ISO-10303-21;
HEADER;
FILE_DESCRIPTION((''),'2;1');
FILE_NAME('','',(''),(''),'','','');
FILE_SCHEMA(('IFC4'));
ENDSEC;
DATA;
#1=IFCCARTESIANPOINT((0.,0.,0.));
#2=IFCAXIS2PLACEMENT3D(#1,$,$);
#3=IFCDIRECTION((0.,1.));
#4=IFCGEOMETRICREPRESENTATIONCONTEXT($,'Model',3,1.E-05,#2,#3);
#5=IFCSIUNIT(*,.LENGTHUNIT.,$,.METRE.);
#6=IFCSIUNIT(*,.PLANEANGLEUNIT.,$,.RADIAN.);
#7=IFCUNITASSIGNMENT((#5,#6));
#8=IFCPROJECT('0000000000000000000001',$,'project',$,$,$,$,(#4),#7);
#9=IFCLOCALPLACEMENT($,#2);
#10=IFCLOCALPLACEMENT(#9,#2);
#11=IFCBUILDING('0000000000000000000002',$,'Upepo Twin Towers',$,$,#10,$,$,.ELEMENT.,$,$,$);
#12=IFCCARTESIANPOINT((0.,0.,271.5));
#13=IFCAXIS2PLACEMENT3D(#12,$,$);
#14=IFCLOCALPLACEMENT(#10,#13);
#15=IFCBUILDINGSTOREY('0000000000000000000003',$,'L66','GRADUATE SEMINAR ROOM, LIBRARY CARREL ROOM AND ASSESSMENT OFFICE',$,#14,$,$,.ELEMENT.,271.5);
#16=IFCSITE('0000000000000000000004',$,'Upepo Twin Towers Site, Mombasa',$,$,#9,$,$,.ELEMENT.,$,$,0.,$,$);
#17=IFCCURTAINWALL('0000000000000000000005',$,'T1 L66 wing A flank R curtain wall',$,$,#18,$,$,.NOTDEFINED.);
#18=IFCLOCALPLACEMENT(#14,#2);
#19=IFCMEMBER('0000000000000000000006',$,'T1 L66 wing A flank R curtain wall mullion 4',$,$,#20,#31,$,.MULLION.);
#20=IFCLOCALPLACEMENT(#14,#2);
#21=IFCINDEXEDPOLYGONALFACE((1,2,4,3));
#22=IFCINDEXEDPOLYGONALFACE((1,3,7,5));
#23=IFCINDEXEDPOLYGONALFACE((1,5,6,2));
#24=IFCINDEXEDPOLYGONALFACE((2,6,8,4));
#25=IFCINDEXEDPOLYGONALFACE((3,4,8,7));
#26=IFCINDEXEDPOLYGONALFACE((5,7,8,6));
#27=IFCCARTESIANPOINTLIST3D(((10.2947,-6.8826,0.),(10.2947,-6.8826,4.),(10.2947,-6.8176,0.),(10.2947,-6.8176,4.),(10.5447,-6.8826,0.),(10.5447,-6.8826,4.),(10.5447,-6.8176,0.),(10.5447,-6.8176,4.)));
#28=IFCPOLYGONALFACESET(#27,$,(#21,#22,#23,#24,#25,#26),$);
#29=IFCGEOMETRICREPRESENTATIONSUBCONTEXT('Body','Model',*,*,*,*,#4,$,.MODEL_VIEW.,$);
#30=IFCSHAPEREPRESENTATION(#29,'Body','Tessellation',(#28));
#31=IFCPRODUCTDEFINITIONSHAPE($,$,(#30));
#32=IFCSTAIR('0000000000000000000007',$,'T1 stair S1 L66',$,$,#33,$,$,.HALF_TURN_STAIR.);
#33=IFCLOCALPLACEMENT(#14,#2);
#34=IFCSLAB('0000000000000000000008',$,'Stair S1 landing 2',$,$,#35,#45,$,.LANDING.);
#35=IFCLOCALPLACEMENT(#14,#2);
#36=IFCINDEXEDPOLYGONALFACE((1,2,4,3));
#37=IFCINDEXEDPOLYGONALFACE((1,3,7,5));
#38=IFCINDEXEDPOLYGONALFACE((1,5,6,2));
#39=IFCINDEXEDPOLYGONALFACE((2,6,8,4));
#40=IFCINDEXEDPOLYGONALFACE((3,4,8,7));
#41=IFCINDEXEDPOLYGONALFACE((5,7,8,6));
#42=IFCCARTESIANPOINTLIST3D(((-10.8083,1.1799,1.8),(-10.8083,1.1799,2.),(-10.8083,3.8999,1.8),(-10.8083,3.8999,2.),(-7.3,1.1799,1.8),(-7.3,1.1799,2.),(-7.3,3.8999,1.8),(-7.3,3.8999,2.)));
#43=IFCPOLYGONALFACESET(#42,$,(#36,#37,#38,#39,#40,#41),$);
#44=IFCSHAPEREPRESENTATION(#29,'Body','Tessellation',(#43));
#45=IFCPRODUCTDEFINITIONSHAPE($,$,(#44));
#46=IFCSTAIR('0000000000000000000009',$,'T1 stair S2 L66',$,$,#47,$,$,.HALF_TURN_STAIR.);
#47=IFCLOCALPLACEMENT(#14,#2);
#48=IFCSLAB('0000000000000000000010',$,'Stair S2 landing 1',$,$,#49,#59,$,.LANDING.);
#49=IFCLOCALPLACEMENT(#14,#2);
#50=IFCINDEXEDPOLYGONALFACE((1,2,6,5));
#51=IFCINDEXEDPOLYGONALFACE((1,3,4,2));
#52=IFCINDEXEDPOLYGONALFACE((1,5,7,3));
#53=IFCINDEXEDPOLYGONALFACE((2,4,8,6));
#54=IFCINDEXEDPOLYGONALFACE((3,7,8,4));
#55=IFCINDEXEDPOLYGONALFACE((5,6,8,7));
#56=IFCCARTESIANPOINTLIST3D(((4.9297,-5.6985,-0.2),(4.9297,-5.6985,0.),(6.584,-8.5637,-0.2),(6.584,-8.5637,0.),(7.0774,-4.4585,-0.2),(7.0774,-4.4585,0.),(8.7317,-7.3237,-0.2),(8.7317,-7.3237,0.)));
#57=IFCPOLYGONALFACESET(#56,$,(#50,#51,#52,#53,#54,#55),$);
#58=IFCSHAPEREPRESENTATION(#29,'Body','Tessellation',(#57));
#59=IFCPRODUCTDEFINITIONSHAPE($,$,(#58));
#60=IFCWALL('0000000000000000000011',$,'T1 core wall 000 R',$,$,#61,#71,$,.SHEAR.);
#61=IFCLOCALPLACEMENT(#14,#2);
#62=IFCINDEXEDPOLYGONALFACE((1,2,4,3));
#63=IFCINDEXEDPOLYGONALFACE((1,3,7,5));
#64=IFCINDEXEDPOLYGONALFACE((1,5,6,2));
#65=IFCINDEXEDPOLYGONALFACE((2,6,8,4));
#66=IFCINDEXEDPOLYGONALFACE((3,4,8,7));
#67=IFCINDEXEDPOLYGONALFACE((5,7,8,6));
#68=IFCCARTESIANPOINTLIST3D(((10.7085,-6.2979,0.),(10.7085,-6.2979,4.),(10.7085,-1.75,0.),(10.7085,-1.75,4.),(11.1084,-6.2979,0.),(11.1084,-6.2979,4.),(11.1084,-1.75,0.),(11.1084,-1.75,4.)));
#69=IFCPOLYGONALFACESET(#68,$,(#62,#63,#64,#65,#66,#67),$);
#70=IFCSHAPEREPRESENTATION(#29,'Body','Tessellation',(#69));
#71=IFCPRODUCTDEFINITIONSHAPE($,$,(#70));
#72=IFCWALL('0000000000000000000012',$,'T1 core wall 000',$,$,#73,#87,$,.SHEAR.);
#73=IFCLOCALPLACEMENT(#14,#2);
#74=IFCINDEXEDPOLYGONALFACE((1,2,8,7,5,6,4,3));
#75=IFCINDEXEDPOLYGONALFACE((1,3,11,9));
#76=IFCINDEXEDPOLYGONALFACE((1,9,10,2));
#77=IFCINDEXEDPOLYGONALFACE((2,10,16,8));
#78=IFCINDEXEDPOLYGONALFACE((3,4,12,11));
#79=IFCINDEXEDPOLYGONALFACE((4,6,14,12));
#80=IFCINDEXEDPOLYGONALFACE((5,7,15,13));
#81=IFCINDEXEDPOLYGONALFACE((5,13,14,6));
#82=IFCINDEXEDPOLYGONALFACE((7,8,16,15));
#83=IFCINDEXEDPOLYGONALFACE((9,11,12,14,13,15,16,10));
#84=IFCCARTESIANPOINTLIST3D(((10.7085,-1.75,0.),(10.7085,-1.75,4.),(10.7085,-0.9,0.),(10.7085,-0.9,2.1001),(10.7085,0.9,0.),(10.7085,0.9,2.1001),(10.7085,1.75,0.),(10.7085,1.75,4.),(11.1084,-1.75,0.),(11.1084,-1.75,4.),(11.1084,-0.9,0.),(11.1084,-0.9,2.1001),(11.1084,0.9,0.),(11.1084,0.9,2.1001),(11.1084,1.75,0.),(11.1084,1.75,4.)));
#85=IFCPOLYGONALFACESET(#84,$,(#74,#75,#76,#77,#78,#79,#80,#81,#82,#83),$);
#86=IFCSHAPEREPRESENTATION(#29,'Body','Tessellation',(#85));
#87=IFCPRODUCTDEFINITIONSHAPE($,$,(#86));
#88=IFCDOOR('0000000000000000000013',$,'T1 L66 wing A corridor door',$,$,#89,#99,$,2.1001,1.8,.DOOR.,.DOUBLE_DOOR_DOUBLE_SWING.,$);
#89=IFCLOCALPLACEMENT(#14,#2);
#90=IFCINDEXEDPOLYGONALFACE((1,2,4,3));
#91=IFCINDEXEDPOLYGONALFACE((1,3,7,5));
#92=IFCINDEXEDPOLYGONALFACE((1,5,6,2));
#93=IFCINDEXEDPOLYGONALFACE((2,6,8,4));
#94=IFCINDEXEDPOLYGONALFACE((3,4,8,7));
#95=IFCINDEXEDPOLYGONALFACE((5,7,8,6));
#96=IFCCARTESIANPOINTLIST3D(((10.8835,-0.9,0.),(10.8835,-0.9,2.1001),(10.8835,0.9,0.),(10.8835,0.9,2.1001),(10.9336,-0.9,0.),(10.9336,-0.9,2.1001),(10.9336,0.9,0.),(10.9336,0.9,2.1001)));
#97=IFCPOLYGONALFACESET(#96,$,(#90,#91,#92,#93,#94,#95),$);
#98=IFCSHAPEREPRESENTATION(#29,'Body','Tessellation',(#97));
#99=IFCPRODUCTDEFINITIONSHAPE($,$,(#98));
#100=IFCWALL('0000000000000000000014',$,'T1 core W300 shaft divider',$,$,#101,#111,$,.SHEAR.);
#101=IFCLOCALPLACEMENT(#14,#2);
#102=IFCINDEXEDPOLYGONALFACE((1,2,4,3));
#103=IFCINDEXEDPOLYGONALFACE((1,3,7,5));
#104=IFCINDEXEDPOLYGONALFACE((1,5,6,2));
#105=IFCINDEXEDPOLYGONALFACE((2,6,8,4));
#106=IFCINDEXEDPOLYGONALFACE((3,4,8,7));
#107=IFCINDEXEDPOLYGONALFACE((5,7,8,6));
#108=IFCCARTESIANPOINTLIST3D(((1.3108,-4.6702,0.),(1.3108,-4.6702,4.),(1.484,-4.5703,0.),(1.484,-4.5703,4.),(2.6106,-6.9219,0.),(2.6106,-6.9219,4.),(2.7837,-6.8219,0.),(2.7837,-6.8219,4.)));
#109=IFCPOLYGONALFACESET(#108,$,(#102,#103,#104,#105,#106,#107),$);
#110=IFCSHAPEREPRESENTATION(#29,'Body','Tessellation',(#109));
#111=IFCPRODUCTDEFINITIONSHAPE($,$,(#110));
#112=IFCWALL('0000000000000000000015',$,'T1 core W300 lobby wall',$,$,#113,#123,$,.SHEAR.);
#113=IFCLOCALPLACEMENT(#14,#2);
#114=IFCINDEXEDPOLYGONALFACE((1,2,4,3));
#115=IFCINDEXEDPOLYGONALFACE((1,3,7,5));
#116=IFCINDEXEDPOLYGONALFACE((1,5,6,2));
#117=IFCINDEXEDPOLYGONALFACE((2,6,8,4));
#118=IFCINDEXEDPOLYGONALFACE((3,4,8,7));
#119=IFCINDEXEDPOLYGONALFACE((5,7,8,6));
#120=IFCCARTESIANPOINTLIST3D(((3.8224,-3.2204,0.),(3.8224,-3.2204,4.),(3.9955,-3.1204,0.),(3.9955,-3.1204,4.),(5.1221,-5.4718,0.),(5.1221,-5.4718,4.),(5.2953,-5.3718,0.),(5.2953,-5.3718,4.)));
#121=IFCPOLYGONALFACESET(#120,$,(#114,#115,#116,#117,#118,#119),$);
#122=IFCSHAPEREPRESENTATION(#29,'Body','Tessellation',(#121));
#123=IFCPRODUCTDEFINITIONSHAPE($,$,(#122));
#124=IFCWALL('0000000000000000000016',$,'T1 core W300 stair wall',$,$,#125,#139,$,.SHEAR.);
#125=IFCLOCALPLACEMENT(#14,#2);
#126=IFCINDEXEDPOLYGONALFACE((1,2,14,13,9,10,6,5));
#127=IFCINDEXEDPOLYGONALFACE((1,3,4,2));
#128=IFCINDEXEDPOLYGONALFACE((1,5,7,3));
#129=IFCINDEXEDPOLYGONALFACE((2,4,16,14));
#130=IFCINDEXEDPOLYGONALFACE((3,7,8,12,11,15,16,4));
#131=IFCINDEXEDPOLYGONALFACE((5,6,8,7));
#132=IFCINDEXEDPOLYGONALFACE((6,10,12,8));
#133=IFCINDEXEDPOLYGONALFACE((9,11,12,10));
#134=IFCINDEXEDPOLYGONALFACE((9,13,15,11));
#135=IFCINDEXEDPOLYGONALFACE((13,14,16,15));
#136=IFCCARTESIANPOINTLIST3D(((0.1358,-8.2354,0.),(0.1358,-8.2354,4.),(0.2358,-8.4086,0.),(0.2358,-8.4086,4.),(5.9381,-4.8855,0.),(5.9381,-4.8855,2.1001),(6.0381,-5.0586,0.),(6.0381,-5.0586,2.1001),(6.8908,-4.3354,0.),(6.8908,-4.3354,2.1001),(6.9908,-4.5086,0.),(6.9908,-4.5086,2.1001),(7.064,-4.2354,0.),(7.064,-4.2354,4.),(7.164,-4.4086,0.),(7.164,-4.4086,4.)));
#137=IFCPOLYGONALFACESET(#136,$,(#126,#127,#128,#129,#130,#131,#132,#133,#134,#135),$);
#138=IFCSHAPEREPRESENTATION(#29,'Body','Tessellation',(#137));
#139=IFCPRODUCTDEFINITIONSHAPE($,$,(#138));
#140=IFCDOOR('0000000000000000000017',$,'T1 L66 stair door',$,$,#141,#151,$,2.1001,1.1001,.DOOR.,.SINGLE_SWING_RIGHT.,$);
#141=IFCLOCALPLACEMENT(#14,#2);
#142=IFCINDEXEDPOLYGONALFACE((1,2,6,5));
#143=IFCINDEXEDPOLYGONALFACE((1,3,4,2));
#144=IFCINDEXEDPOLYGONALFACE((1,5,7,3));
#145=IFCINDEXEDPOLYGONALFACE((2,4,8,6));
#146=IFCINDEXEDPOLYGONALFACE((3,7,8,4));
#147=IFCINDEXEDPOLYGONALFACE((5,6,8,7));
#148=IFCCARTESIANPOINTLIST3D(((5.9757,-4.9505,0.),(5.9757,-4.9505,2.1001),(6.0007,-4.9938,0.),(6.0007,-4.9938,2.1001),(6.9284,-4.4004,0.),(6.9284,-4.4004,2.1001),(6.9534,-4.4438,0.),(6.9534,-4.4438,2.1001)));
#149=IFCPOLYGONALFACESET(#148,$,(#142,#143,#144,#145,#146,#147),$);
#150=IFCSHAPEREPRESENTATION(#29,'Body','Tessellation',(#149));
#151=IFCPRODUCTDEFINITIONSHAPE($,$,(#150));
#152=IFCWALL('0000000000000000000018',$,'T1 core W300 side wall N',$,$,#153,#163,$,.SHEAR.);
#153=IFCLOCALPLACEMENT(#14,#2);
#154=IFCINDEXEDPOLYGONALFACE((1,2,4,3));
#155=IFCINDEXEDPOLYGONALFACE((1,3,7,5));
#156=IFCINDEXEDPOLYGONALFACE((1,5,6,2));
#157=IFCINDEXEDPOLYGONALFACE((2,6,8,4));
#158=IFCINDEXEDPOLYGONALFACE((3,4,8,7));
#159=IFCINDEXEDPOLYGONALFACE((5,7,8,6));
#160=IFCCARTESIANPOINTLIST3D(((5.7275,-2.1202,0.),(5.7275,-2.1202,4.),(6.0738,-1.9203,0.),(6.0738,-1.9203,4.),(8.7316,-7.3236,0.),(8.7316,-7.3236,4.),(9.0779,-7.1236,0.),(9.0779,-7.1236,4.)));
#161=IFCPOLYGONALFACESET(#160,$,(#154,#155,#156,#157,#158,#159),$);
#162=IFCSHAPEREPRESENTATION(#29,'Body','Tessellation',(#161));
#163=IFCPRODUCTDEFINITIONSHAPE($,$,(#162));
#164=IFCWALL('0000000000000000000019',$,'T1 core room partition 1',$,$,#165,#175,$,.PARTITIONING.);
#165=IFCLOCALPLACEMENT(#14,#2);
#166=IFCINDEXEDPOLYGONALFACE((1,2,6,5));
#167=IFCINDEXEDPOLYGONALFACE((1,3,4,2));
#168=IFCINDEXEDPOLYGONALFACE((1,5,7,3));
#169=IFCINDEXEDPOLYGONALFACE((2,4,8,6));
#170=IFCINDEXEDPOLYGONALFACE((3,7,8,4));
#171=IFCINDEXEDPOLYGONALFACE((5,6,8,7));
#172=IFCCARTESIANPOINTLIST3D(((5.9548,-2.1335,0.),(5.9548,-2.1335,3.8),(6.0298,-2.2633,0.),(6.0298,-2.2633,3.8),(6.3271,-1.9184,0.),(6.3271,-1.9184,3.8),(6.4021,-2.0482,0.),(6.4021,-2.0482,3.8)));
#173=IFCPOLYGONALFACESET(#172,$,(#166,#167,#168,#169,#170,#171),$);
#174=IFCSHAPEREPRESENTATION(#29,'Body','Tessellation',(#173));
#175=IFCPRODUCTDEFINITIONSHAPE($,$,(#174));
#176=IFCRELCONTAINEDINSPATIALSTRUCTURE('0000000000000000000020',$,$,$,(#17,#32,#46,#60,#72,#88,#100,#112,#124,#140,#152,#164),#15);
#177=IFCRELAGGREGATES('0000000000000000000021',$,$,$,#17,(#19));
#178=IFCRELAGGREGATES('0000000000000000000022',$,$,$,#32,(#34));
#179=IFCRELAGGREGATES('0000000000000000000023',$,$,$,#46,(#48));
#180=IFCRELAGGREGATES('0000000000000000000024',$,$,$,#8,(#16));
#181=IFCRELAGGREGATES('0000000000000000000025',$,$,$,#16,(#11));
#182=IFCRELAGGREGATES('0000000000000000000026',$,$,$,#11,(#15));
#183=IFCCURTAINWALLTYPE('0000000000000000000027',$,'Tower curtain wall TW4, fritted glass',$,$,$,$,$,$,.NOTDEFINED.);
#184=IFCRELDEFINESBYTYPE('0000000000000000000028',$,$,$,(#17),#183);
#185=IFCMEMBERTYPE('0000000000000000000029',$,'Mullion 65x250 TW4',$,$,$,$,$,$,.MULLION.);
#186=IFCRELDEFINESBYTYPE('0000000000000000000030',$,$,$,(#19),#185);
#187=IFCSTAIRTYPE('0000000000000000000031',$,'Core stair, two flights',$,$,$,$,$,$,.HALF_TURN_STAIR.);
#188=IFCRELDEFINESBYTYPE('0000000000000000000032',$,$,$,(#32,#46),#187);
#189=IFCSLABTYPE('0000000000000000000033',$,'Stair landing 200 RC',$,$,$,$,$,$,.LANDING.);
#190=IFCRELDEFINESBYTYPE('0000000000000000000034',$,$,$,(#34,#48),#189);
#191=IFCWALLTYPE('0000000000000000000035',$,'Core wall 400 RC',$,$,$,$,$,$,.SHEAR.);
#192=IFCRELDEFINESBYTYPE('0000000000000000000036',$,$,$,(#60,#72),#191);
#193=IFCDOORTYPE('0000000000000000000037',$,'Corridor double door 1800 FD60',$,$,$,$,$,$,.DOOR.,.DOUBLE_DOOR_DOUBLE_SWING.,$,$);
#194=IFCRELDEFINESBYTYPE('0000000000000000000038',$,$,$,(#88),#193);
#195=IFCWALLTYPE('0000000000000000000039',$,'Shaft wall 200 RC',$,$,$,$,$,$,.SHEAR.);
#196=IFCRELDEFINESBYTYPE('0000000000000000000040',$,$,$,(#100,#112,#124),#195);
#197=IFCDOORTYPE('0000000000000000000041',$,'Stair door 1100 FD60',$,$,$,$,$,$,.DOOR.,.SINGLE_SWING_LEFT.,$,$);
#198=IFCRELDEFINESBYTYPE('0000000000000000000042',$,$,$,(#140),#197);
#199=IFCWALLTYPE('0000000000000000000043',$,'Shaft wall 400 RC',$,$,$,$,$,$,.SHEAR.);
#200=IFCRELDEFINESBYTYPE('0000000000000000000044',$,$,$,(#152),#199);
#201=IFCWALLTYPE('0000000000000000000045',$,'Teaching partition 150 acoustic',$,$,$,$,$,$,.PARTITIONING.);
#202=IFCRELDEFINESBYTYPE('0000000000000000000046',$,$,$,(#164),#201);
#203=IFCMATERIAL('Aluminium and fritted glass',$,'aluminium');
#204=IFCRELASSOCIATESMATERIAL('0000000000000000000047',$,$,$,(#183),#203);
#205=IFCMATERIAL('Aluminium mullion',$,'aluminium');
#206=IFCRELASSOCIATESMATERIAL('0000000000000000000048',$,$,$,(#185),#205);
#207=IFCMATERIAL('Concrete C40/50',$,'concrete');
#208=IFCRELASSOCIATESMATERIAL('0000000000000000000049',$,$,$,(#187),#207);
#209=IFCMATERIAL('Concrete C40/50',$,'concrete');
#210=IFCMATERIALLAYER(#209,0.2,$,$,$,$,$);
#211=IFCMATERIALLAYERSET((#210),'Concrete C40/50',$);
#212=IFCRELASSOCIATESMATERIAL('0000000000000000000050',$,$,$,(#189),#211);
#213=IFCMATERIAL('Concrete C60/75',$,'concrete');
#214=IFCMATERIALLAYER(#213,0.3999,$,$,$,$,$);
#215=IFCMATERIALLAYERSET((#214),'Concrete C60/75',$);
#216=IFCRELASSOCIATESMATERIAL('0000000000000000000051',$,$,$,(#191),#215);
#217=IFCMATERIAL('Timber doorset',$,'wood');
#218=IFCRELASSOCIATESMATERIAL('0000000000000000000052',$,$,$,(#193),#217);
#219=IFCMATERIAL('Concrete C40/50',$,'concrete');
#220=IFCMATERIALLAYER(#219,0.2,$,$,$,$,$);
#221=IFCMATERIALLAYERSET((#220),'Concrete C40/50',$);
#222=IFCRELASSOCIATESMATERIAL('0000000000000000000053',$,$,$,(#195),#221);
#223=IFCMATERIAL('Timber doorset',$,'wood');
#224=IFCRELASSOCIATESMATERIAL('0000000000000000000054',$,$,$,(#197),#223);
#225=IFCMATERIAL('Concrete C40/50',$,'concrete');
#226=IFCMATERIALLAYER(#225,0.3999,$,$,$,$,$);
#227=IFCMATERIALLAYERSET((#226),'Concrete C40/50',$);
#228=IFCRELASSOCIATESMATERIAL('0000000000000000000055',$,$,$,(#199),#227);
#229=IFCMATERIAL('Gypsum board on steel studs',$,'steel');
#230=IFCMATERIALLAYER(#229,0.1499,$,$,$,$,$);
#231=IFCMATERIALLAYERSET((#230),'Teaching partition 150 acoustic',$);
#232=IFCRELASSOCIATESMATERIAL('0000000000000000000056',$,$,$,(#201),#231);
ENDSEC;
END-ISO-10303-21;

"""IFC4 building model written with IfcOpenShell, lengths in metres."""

from ifc_helpers import new_model, si_unit, direction, frame, frame_2d, origin, origin_2d, place, context, subcontext, project, spatial, polyline, rectangle, outline, extrude, material, layer, layer_set, material_profile, profile_set, type_object, element, fill, aggregate, save


model = new_model("IFC4")

# Units and contexts
model_context = context("Model", 3, precision=1e-05, world=origin(), true_north=direction((0.0, 1.0)))
body_context = subcontext(model_context, "Body", "Model", "MODEL_VIEW")
ifc_project = project(units=[si_unit("LENGTHUNIT", "METRE"), si_unit("PLANEANGLEUNIT", "RADIAN")], contexts=[model_context])

# Site, building, storey
site_placement = place(None, origin())
site = spatial("IfcSite", under=ifc_project, at=site_placement, Name="Upepo Twin Towers Site, Mombasa", CompositionType="ELEMENT", RefElevation=0.0)
building_placement = place(site_placement, origin())
building = spatial("IfcBuilding", under=site, at=building_placement, Name="Upepo Twin Towers", CompositionType="ELEMENT")
storey_placement = place(building_placement, frame((0.0, 0.0, 271.5)))
storey = spatial("IfcBuildingStorey", under=building, at=storey_placement, Name="L66", Description="GRADUATE SEMINAR ROOM, LIBRARY CARREL ROOM AND ASSESSMENT OFFICE", CompositionType="ELEMENT", Elevation=271.5)

# Curtain wall, member
ifc_material_1 = material(Name="Aluminium and fritted glass", Category="aluminium")
curtain_wall_type = type_object("IfcCurtainWallType", Name="Tower curtain wall TW4, fritted glass", PredefinedType="NOTDEFINED", material=ifc_material_1)
curtain_wall_placement = place(storey_placement, origin())
curtain_wall = element("IfcCurtainWall", 1, at=curtain_wall_placement, inside=storey, type_object=curtain_wall_type, Name="T1 L66 wing A flank R curtain wall", PredefinedType="NOTDEFINED")
ifc_material_2 = material(Name="Aluminium mullion", Category="aluminium")
ifc_material_profile = material_profile(ifc_material_2, rectangle(XDim=0.0649, YDim=0.25, at=origin_2d()), Name="MULLION 65x250")
ifc_profile_set = profile_set([ifc_material_profile], Name="Aluminium mullion")
member_type = type_object("IfcMemberType", Name="Mullion 65x250 TW4", PredefinedType="MULLION", material=ifc_profile_set)
member_placement = place(storey_placement, frame((10.4197, -6.8501, 0.0), z_axis=(0.0, 0.0, 1.0), x_axis=(0.0, -1.0, 0.0)))
member = element("IfcMember", 2, at=member_placement, type_object=member_type, Name="T1 L66 wing A flank R curtain wall mullion 4", PredefinedType="MULLION", context=body_context, shape_type="SweptSolid", body=[
    extrude(rectangle(XDim=0.0649, YDim=0.25, at=origin_2d()), origin(), (0.0, 0.0, 1.0), 4.0),
])
aggregate(curtain_wall, [member])

# Stairs, slabs
ifc_material_3 = material(Name="Concrete C40/50", Category="concrete")
stair_type = type_object("IfcStairType", Name="Core stair, two flights", PredefinedType="HALF_TURN_STAIR", material=ifc_material_3)
stair_1_placement = place(storey_placement, origin())
stair_1 = element("IfcStair", 3, at=stair_1_placement, inside=storey, type_object=stair_type, Name="T1 stair S1 L66", PredefinedType="HALF_TURN_STAIR")
ifc_material_4 = material(Name="Concrete C40/50", Category="concrete")
ifc_layer_1 = layer(ifc_material_4, 0.2)
ifc_layer_set_1 = layer_set([ifc_layer_1], Name="Concrete C40/50")
slab_type = type_object("IfcSlabType", Name="Stair landing 200 RC", PredefinedType="LANDING", material=ifc_layer_set_1)
slab_1_placement = place(storey_placement, frame((0.0, 0.0, 1.8)))
slab_1 = element("IfcSlab", 4, at=slab_1_placement, type_object=slab_type, Name="Stair S1 landing 2", PredefinedType="LANDING", context=body_context, shape_type="SweptSolid", body=[
    extrude(outline(polyline([(-7.3, 3.8999), (-10.8083, 3.8999), (-10.8083, 1.1799), (-7.3, 1.1799), (-7.3, 3.8999)])), origin(), (0.0, 0.0, 1.0), 0.2),
])
aggregate(stair_1, [slab_1])
stair_2_placement = place(storey_placement, origin())
stair_2 = element("IfcStair", 5, at=stair_2_placement, inside=storey, type_object=stair_type, Name="T1 stair S2 L66", PredefinedType="HALF_TURN_STAIR")
slab_2_placement = place(storey_placement, frame((0.0, 0.0, -0.2)))
slab_2 = element("IfcSlab", 6, at=slab_2_placement, type_object=slab_type, Name="Stair S2 landing 1", PredefinedType="LANDING", context=body_context, shape_type="SweptSolid", body=[
    extrude(outline(polyline([(4.9297, -5.6985), (6.584, -8.5637), (8.7317, -7.3237), (7.0774, -4.4585), (4.9297, -5.6985)])), origin(), (0.0, 0.0, 1.0), 0.2),
])

# Wall
ifc_material_5 = material(Name="Concrete C60/75", Category="concrete")
ifc_layer_2 = layer(ifc_material_5, 0.3999)
ifc_layer_set_2 = layer_set([ifc_layer_2], Name="Concrete C60/75")
wall_type_1 = type_object("IfcWallType", Name="Core wall 400 RC", PredefinedType="SHEAR", material=ifc_layer_set_2)
wall_1_placement = place(storey_placement, frame((10.9084, -6.2979, 0.0), z_axis=(0.0, 0.0, 1.0), x_axis=(0.0, 1.0, 0.0)))
element("IfcWall", 7, at=wall_1_placement, inside=storey, type_object=wall_type_1, Name="T1 core wall 000 R", PredefinedType="SHEAR", context=body_context, shape_type="SweptSolid", body=[
    extrude(rectangle(XDim=4.5479, YDim=0.3999, at=frame_2d((2.2739, 0.0))), origin(), (0.0, 0.0, 1.0), 4.0),
])

# Wall, opening, door
wall_2_placement = place(storey_placement, frame((10.9084, -1.75, 0.0), z_axis=(0.0, 0.0, 1.0), x_axis=(0.0, 1.0, 0.0)))
wall_2 = element("IfcWall", 8, at=wall_2_placement, inside=storey, type_object=wall_type_1, Name="T1 core wall 000", PredefinedType="SHEAR", context=body_context, shape_type="SweptSolid", body=[
    extrude(rectangle(XDim=3.5, YDim=0.3999, at=frame_2d((1.75, 0.0))), origin(), (0.0, 0.0, 1.0), 4.0),
])
opening_1_placement = place(wall_2_placement, frame((0.8501, 0.0, 0.0)))
opening_1 = element("IfcOpeningElement", 9, at=opening_1_placement, cuts=wall_2, PredefinedType="OPENING", context=body_context, shape_type="SweptSolid", body=[
    extrude(rectangle(XDim=1.8, YDim=2.1001, at=frame_2d((0.8999, 1.05))), frame((0.0, 0.21, 0.0), z_axis=(0.0, -1.0, 0.0), x_axis=(1.0, 0.0, 0.0)), (0.0, 0.0, 1.0), 0.4199),
])
ifc_material_6 = material(Name="Timber doorset", Category="wood")
door_type_1 = type_object("IfcDoorType", Name="Corridor double door 1800 FD60", OperationType="DOUBLE_DOOR_DOUBLE_SWING", PredefinedType="DOOR", material=ifc_material_6)
door_1_placement = place(opening_1_placement, origin())
door_1 = element("IfcDoor", 10, at=door_1_placement, inside=storey, type_object=door_type_1, Name="T1 L66 wing A corridor door", OperationType="DOUBLE_DOOR_DOUBLE_SWING", OverallHeight=2.1001, OverallWidth=1.8, PredefinedType="DOOR", context=body_context, shape_type="SweptSolid", body=[
    extrude(rectangle(XDim=1.8, YDim=2.1001, at=frame_2d((0.8999, 1.05))), frame((0.0, 0.0249, 0.0), z_axis=(0.0, -1.0, 0.0), x_axis=(1.0, 0.0, 0.0)), (0.0, 0.0, 1.0), 0.05),
])
fill(opening_1, door_1)

# Walls
ifc_material_7 = material(Name="Concrete C40/50", Category="concrete")
ifc_layer_3 = layer(ifc_material_7, 0.2)
ifc_layer_set_3 = layer_set([ifc_layer_3], Name="Concrete C40/50")
wall_type_2 = type_object("IfcWallType", Name="Shaft wall 200 RC", PredefinedType="SHEAR", material=ifc_layer_set_3)
wall_3_placement = place(storey_placement, frame((1.3975, -4.6204, 0.0), z_axis=(0.0, 0.0, 1.0), x_axis=(0.499937, -0.866062, 0.0)))
element("IfcWall", 11, at=wall_3_placement, inside=storey, type_object=wall_type_2, Name="T1 core W300 shaft divider", PredefinedType="SHEAR", context=body_context, shape_type="SweptSolid", body=[
    extrude(rectangle(XDim=2.5999, YDim=0.2, at=frame_2d((1.2998, 0.0))), origin(), (0.0, 0.0, 1.0), 4.0),
])
wall_4_placement = place(storey_placement, frame((3.9089, -3.1704, 0.0), z_axis=(0.0, 0.0, 1.0), x_axis=(0.499977, -0.866039, 0.0)))
element("IfcWall", 12, at=wall_4_placement, inside=storey, type_object=wall_type_2, Name="T1 core W300 lobby wall", PredefinedType="SHEAR", context=body_context, shape_type="SweptSolid", body=[
    extrude(rectangle(XDim=2.5996, YDim=0.2, at=frame_2d((1.2998, 0.0))), origin(), (0.0, 0.0, 1.0), 4.0),
])

# Wall, opening, door
wall_5_placement = place(storey_placement, frame((0.1858, -8.322, 0.0), z_axis=(0.0, 0.0, 1.0), x_axis=(0.866026, 0.499999, 0.0)))
wall_5 = element("IfcWall", 13, at=wall_5_placement, inside=storey, type_object=wall_type_2, Name="T1 core W300 stair wall", PredefinedType="SHEAR", context=body_context, shape_type="SweptSolid", body=[
    extrude(rectangle(XDim=8.0, YDim=0.2, at=frame_2d((4.0, 0.0))), origin(), (0.0, 0.0, 1.0), 4.0),
])
opening_2_placement = place(wall_5_placement, frame((6.7, 0.0, 0.0)))
opening_2 = element("IfcOpeningElement", 14, at=opening_2_placement, cuts=wall_5, PredefinedType="OPENING", context=body_context, shape_type="SweptSolid", body=[
    extrude(rectangle(XDim=1.1001, YDim=2.1001, at=frame_2d((0.55, 1.05))), frame((0.0, 0.1099, 0.0), z_axis=(0.0, -1.0, 0.0), x_axis=(1.0, 0.0, 0.0)), (0.0, 0.0, 1.0), 0.22),
])
ifc_material_8 = material(Name="Timber doorset", Category="wood")
door_type_2 = type_object("IfcDoorType", Name="Stair door 1100 FD60", OperationType="SINGLE_SWING_LEFT", PredefinedType="DOOR", material=ifc_material_8)
door_2_placement = place(opening_2_placement, origin())
door_2 = element("IfcDoor", 15, at=door_2_placement, inside=storey, type_object=door_type_2, Name="T1 L66 stair door", OperationType="SINGLE_SWING_RIGHT", OverallHeight=2.1001, OverallWidth=1.1001, PredefinedType="DOOR", context=body_context, shape_type="SweptSolid", body=[
    extrude(rectangle(XDim=1.1001, YDim=2.1001, at=frame_2d((0.55, 1.05))), frame((0.0, 0.0249, 0.0), z_axis=(0.0, -1.0, 0.0), x_axis=(1.0, 0.0, 0.0)), (0.0, 0.0, 1.0), 0.05),
])
fill(opening_2, door_2)

# Walls
ifc_material_9 = material(Name="Concrete C40/50", Category="concrete")
ifc_layer_4 = layer(ifc_material_9, 0.3999)
ifc_layer_set_4 = layer_set([ifc_layer_4], Name="Concrete C40/50")
wall_type_3 = type_object("IfcWallType", Name="Shaft wall 400 RC", PredefinedType="SHEAR", material=ifc_layer_set_4)
wall_6_placement = place(storey_placement, frame((5.9006, -2.0203, 0.0), z_axis=(0.0, 0.0, 1.0), x_axis=(0.499998, -0.866027, 0.0)))
element("IfcWall", 16, at=wall_6_placement, inside=storey, type_object=wall_type_3, Name="T1 core W300 side wall N", PredefinedType="SHEAR", context=body_context, shape_type="SweptSolid", body=[
    extrude(rectangle(XDim=6.0083, YDim=0.3999, at=frame_2d((3.0042, 0.0))), origin(), (0.0, 0.0, 1.0), 4.0),
])
ifc_material_10 = material(Name="Gypsum board on steel studs", Category="steel")
ifc_layer_5 = layer(ifc_material_10, 0.1499)
ifc_layer_set_5 = layer_set([ifc_layer_5], Name="Teaching partition 150 acoustic")
wall_type_4 = type_object("IfcWallType", Name="Teaching partition 150 acoustic", PredefinedType="PARTITIONING", material=ifc_layer_set_5)
wall_7_placement = place(storey_placement, frame((6.3645, -1.9834, 0.0), z_axis=(0.0, 0.0, 1.0), x_axis=(-0.865892, -0.50023, 0.0)))
element("IfcWall", 17, at=wall_7_placement, inside=storey, type_object=wall_type_4, Name="T1 core room partition 1", PredefinedType="PARTITIONING", context=body_context, shape_type="SweptSolid", body=[
    extrude(rectangle(XDim=0.4299, YDim=0.1499, at=frame_2d((0.2148, 0.0))), origin(), (0.0, 0.0, 1.0), 3.8),
])

aggregate(stair_2, [slab_2])

save(model, "model.ifc")
